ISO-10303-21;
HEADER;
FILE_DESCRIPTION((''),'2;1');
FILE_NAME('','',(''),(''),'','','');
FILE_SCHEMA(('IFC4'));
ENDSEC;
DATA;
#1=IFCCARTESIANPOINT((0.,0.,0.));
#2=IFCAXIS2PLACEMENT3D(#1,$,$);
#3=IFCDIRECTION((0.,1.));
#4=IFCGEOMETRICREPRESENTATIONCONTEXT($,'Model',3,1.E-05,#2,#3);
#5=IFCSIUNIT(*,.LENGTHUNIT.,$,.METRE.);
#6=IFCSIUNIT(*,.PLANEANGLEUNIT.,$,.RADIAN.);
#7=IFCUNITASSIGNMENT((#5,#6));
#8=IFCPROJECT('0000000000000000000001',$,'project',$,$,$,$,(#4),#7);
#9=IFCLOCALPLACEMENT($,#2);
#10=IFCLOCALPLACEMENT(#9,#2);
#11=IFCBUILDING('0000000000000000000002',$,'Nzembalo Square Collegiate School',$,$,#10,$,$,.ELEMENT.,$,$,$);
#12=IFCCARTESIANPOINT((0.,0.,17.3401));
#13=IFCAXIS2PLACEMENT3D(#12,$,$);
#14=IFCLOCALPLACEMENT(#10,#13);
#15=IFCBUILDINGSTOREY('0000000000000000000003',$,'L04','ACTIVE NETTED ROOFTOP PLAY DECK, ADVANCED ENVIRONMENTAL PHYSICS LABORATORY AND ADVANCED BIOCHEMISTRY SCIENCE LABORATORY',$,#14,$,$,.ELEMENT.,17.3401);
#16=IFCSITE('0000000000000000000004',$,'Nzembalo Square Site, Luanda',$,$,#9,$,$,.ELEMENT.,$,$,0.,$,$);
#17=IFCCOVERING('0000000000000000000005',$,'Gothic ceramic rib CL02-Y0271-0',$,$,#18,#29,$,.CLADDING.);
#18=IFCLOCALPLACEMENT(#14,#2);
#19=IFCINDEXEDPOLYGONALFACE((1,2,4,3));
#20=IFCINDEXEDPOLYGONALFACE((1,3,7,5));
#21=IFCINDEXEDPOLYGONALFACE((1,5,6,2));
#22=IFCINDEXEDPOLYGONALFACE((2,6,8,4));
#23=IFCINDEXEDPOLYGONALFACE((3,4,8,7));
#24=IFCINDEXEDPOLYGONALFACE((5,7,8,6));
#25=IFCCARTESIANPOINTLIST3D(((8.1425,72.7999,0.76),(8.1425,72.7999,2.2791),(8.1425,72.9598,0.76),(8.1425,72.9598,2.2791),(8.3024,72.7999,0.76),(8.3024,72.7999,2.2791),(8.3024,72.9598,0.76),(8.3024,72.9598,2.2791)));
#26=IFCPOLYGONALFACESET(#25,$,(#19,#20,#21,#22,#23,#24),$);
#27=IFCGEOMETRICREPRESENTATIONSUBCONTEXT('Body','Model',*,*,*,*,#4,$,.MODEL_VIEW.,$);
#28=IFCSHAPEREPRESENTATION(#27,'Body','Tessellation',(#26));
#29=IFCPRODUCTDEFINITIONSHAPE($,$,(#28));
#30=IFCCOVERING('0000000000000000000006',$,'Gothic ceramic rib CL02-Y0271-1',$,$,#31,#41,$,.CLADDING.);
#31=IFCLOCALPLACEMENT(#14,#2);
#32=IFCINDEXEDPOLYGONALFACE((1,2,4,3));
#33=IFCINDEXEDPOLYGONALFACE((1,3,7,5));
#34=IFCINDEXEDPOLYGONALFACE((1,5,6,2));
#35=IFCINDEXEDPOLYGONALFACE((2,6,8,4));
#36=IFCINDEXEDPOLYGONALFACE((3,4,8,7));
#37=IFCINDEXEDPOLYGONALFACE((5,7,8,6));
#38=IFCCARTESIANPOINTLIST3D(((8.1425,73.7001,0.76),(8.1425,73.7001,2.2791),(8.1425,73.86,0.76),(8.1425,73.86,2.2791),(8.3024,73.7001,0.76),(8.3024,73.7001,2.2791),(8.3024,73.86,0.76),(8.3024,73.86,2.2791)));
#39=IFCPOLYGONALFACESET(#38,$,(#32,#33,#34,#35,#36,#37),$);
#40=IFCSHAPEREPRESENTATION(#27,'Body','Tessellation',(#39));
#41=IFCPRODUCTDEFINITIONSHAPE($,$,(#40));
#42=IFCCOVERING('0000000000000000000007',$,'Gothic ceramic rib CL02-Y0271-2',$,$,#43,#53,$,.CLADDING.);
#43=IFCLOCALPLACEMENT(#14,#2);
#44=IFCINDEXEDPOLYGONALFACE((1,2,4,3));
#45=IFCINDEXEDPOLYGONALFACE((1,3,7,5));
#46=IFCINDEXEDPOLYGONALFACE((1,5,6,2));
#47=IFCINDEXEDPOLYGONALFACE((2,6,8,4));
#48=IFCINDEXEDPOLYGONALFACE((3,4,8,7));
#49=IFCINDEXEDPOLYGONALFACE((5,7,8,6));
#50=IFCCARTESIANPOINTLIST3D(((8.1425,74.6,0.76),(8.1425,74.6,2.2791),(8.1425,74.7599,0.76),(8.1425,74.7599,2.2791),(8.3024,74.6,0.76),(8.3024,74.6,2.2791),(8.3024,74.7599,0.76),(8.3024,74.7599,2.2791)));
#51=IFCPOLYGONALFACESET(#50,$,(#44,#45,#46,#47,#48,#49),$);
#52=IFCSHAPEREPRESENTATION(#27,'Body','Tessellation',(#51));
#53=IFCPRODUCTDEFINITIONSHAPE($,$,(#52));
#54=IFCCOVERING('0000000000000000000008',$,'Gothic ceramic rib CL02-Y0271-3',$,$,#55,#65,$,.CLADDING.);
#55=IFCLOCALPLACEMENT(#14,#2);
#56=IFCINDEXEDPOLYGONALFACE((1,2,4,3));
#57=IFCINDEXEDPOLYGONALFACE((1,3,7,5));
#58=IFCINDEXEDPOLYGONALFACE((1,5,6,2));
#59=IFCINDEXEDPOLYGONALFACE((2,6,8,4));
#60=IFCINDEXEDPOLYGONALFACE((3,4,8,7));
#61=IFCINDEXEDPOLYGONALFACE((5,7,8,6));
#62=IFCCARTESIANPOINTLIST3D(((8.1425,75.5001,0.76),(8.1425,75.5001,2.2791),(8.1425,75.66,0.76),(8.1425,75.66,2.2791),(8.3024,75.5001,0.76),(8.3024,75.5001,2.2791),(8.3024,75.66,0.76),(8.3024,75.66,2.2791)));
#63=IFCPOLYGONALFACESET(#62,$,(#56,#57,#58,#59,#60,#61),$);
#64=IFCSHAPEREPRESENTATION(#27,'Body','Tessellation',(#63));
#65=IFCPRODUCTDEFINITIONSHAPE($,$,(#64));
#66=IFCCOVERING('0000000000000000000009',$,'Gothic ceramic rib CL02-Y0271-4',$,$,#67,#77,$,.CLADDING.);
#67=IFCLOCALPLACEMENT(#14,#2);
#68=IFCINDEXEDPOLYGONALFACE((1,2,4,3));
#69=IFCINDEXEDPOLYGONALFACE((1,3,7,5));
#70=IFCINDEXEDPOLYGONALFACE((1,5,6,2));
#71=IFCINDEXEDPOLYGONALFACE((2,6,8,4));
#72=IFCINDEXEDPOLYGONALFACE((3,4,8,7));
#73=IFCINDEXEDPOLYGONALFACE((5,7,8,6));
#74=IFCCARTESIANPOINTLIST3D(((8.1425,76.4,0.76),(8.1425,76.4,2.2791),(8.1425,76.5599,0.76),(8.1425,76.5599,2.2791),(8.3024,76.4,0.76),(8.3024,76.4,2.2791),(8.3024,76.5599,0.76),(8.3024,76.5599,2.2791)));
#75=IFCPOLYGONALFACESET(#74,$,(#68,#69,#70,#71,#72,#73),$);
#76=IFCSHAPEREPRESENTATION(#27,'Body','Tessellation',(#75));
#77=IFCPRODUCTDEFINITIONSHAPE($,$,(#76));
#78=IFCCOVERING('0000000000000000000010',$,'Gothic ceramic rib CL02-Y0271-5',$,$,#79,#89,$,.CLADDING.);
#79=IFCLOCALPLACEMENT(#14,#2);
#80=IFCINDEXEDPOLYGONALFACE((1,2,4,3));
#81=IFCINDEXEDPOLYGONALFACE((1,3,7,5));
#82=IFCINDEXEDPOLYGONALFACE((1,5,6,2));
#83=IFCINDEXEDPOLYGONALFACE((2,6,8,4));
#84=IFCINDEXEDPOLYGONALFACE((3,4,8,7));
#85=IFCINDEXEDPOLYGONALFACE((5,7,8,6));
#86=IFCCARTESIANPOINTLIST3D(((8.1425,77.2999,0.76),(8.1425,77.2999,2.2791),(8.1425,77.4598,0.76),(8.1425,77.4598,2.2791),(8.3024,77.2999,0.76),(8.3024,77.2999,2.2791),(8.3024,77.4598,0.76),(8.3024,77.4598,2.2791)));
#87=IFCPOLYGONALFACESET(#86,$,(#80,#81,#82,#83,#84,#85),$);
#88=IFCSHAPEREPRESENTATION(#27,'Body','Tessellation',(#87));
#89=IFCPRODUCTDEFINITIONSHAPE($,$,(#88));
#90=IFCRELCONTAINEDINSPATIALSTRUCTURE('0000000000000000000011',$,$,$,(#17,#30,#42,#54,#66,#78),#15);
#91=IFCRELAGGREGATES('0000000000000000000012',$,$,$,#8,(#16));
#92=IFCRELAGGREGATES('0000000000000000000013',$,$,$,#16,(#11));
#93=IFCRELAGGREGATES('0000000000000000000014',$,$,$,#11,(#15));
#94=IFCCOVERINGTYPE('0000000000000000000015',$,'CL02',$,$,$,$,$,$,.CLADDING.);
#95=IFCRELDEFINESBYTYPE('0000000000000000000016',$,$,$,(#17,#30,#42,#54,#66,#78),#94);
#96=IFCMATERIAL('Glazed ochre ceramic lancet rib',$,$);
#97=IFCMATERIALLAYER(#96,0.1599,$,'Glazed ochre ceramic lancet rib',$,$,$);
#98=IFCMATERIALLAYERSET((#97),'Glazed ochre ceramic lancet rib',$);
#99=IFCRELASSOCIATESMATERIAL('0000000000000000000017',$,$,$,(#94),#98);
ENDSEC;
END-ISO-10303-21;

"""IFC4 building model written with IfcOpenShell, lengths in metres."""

from ifc_helpers import new_model, si_unit, direction, frame, origin, origin_2d, place, context, subcontext, project, spatial, rectangle, extrude, material, layer, layer_set, type_object, element, save


model = new_model("IFC4")

# Units and contexts
model_context = context("Model", 3, precision=1e-05, world=origin(), true_north=direction((0.0, 1.0)))
body_context = subcontext(model_context, "Body", "Model", "MODEL_VIEW")
ifc_project = project(units=[si_unit("LENGTHUNIT", "METRE"), si_unit("PLANEANGLEUNIT", "RADIAN")], contexts=[model_context])

# Site, building, storey
site_placement = place(None, origin())
site = spatial("IfcSite", under=ifc_project, at=site_placement, Name="Nzembalo Square Site, Luanda", CompositionType="ELEMENT", RefElevation=0.0)
building_placement = place(site_placement, origin())
building = spatial("IfcBuilding", under=site, at=building_placement, Name="Nzembalo Square Collegiate School", CompositionType="ELEMENT")
storey_placement = place(building_placement, frame((0.0, 0.0, 17.3401)))
storey = spatial("IfcBuildingStorey", under=building, at=storey_placement, Name="L04", Description="ACTIVE NETTED ROOFTOP PLAY DECK, ADVANCED ENVIRONMENTAL PHYSICS LABORATORY AND ADVANCED BIOCHEMISTRY SCIENCE LABORATORY", CompositionType="ELEMENT", Elevation=17.3401)

# Coverings
ifc_material_1 = material(Name="Glazed ochre ceramic lancet rib")
ifc_layer_1 = layer(ifc_material_1, 0.1599, Name="Glazed ochre ceramic lancet rib")
ifc_layer_set_1 = layer_set([ifc_layer_1], Name="Glazed ochre ceramic lancet rib")
covering_type_1 = type_object("IfcCoveringType", Name="CL02", PredefinedType="CLADDING", material=ifc_layer_set_1)
for number, where, z_axis, x_axis, name in (
    (1, (8.2224, 72.8799, 0.76), (0.0, 0.0, 1.0), (1.0, 0.0, 0.0), "Gothic ceramic rib CL02-Y0271-0"),
    (2, (8.2224, 73.78, 0.76), (0.0, 0.0, 1.0), (1.0, 0.0, 0.0), "Gothic ceramic rib CL02-Y0271-1"),
    (3, (8.2224, 74.6799, 0.76), (0.0, 0.0, 1.0), (1.0, 0.0, 0.0), "Gothic ceramic rib CL02-Y0271-2"),
    (4, (8.2224, 75.5801, 0.76), (0.0, 0.0, 1.0), (1.0, 0.0, 0.0), "Gothic ceramic rib CL02-Y0271-3"),
    (5, (8.2224, 76.48, 0.76), (0.0, 0.0, 1.0), (1.0, 0.0, 0.0), "Gothic ceramic rib CL02-Y0271-4"),
    (6, (8.2224, 77.3799, 0.76), (0.0, 0.0, 1.0), (1.0, 0.0, 0.0), "Gothic ceramic rib CL02-Y0271-5"),
):
    element("IfcCovering", number, at=place(storey_placement, frame(where, z_axis=z_axis, x_axis=x_axis)), inside=storey, type_object=covering_type_1, Name=name, PredefinedType="CLADDING", context=body_context, shape_type="SweptSolid", body=[
        extrude(rectangle(XDim=0.1599, YDim=0.1599, at=origin_2d()), origin(), (0.0, 0.0, 1.0), 1.519),
    ])

save(model, "model.ifc")
